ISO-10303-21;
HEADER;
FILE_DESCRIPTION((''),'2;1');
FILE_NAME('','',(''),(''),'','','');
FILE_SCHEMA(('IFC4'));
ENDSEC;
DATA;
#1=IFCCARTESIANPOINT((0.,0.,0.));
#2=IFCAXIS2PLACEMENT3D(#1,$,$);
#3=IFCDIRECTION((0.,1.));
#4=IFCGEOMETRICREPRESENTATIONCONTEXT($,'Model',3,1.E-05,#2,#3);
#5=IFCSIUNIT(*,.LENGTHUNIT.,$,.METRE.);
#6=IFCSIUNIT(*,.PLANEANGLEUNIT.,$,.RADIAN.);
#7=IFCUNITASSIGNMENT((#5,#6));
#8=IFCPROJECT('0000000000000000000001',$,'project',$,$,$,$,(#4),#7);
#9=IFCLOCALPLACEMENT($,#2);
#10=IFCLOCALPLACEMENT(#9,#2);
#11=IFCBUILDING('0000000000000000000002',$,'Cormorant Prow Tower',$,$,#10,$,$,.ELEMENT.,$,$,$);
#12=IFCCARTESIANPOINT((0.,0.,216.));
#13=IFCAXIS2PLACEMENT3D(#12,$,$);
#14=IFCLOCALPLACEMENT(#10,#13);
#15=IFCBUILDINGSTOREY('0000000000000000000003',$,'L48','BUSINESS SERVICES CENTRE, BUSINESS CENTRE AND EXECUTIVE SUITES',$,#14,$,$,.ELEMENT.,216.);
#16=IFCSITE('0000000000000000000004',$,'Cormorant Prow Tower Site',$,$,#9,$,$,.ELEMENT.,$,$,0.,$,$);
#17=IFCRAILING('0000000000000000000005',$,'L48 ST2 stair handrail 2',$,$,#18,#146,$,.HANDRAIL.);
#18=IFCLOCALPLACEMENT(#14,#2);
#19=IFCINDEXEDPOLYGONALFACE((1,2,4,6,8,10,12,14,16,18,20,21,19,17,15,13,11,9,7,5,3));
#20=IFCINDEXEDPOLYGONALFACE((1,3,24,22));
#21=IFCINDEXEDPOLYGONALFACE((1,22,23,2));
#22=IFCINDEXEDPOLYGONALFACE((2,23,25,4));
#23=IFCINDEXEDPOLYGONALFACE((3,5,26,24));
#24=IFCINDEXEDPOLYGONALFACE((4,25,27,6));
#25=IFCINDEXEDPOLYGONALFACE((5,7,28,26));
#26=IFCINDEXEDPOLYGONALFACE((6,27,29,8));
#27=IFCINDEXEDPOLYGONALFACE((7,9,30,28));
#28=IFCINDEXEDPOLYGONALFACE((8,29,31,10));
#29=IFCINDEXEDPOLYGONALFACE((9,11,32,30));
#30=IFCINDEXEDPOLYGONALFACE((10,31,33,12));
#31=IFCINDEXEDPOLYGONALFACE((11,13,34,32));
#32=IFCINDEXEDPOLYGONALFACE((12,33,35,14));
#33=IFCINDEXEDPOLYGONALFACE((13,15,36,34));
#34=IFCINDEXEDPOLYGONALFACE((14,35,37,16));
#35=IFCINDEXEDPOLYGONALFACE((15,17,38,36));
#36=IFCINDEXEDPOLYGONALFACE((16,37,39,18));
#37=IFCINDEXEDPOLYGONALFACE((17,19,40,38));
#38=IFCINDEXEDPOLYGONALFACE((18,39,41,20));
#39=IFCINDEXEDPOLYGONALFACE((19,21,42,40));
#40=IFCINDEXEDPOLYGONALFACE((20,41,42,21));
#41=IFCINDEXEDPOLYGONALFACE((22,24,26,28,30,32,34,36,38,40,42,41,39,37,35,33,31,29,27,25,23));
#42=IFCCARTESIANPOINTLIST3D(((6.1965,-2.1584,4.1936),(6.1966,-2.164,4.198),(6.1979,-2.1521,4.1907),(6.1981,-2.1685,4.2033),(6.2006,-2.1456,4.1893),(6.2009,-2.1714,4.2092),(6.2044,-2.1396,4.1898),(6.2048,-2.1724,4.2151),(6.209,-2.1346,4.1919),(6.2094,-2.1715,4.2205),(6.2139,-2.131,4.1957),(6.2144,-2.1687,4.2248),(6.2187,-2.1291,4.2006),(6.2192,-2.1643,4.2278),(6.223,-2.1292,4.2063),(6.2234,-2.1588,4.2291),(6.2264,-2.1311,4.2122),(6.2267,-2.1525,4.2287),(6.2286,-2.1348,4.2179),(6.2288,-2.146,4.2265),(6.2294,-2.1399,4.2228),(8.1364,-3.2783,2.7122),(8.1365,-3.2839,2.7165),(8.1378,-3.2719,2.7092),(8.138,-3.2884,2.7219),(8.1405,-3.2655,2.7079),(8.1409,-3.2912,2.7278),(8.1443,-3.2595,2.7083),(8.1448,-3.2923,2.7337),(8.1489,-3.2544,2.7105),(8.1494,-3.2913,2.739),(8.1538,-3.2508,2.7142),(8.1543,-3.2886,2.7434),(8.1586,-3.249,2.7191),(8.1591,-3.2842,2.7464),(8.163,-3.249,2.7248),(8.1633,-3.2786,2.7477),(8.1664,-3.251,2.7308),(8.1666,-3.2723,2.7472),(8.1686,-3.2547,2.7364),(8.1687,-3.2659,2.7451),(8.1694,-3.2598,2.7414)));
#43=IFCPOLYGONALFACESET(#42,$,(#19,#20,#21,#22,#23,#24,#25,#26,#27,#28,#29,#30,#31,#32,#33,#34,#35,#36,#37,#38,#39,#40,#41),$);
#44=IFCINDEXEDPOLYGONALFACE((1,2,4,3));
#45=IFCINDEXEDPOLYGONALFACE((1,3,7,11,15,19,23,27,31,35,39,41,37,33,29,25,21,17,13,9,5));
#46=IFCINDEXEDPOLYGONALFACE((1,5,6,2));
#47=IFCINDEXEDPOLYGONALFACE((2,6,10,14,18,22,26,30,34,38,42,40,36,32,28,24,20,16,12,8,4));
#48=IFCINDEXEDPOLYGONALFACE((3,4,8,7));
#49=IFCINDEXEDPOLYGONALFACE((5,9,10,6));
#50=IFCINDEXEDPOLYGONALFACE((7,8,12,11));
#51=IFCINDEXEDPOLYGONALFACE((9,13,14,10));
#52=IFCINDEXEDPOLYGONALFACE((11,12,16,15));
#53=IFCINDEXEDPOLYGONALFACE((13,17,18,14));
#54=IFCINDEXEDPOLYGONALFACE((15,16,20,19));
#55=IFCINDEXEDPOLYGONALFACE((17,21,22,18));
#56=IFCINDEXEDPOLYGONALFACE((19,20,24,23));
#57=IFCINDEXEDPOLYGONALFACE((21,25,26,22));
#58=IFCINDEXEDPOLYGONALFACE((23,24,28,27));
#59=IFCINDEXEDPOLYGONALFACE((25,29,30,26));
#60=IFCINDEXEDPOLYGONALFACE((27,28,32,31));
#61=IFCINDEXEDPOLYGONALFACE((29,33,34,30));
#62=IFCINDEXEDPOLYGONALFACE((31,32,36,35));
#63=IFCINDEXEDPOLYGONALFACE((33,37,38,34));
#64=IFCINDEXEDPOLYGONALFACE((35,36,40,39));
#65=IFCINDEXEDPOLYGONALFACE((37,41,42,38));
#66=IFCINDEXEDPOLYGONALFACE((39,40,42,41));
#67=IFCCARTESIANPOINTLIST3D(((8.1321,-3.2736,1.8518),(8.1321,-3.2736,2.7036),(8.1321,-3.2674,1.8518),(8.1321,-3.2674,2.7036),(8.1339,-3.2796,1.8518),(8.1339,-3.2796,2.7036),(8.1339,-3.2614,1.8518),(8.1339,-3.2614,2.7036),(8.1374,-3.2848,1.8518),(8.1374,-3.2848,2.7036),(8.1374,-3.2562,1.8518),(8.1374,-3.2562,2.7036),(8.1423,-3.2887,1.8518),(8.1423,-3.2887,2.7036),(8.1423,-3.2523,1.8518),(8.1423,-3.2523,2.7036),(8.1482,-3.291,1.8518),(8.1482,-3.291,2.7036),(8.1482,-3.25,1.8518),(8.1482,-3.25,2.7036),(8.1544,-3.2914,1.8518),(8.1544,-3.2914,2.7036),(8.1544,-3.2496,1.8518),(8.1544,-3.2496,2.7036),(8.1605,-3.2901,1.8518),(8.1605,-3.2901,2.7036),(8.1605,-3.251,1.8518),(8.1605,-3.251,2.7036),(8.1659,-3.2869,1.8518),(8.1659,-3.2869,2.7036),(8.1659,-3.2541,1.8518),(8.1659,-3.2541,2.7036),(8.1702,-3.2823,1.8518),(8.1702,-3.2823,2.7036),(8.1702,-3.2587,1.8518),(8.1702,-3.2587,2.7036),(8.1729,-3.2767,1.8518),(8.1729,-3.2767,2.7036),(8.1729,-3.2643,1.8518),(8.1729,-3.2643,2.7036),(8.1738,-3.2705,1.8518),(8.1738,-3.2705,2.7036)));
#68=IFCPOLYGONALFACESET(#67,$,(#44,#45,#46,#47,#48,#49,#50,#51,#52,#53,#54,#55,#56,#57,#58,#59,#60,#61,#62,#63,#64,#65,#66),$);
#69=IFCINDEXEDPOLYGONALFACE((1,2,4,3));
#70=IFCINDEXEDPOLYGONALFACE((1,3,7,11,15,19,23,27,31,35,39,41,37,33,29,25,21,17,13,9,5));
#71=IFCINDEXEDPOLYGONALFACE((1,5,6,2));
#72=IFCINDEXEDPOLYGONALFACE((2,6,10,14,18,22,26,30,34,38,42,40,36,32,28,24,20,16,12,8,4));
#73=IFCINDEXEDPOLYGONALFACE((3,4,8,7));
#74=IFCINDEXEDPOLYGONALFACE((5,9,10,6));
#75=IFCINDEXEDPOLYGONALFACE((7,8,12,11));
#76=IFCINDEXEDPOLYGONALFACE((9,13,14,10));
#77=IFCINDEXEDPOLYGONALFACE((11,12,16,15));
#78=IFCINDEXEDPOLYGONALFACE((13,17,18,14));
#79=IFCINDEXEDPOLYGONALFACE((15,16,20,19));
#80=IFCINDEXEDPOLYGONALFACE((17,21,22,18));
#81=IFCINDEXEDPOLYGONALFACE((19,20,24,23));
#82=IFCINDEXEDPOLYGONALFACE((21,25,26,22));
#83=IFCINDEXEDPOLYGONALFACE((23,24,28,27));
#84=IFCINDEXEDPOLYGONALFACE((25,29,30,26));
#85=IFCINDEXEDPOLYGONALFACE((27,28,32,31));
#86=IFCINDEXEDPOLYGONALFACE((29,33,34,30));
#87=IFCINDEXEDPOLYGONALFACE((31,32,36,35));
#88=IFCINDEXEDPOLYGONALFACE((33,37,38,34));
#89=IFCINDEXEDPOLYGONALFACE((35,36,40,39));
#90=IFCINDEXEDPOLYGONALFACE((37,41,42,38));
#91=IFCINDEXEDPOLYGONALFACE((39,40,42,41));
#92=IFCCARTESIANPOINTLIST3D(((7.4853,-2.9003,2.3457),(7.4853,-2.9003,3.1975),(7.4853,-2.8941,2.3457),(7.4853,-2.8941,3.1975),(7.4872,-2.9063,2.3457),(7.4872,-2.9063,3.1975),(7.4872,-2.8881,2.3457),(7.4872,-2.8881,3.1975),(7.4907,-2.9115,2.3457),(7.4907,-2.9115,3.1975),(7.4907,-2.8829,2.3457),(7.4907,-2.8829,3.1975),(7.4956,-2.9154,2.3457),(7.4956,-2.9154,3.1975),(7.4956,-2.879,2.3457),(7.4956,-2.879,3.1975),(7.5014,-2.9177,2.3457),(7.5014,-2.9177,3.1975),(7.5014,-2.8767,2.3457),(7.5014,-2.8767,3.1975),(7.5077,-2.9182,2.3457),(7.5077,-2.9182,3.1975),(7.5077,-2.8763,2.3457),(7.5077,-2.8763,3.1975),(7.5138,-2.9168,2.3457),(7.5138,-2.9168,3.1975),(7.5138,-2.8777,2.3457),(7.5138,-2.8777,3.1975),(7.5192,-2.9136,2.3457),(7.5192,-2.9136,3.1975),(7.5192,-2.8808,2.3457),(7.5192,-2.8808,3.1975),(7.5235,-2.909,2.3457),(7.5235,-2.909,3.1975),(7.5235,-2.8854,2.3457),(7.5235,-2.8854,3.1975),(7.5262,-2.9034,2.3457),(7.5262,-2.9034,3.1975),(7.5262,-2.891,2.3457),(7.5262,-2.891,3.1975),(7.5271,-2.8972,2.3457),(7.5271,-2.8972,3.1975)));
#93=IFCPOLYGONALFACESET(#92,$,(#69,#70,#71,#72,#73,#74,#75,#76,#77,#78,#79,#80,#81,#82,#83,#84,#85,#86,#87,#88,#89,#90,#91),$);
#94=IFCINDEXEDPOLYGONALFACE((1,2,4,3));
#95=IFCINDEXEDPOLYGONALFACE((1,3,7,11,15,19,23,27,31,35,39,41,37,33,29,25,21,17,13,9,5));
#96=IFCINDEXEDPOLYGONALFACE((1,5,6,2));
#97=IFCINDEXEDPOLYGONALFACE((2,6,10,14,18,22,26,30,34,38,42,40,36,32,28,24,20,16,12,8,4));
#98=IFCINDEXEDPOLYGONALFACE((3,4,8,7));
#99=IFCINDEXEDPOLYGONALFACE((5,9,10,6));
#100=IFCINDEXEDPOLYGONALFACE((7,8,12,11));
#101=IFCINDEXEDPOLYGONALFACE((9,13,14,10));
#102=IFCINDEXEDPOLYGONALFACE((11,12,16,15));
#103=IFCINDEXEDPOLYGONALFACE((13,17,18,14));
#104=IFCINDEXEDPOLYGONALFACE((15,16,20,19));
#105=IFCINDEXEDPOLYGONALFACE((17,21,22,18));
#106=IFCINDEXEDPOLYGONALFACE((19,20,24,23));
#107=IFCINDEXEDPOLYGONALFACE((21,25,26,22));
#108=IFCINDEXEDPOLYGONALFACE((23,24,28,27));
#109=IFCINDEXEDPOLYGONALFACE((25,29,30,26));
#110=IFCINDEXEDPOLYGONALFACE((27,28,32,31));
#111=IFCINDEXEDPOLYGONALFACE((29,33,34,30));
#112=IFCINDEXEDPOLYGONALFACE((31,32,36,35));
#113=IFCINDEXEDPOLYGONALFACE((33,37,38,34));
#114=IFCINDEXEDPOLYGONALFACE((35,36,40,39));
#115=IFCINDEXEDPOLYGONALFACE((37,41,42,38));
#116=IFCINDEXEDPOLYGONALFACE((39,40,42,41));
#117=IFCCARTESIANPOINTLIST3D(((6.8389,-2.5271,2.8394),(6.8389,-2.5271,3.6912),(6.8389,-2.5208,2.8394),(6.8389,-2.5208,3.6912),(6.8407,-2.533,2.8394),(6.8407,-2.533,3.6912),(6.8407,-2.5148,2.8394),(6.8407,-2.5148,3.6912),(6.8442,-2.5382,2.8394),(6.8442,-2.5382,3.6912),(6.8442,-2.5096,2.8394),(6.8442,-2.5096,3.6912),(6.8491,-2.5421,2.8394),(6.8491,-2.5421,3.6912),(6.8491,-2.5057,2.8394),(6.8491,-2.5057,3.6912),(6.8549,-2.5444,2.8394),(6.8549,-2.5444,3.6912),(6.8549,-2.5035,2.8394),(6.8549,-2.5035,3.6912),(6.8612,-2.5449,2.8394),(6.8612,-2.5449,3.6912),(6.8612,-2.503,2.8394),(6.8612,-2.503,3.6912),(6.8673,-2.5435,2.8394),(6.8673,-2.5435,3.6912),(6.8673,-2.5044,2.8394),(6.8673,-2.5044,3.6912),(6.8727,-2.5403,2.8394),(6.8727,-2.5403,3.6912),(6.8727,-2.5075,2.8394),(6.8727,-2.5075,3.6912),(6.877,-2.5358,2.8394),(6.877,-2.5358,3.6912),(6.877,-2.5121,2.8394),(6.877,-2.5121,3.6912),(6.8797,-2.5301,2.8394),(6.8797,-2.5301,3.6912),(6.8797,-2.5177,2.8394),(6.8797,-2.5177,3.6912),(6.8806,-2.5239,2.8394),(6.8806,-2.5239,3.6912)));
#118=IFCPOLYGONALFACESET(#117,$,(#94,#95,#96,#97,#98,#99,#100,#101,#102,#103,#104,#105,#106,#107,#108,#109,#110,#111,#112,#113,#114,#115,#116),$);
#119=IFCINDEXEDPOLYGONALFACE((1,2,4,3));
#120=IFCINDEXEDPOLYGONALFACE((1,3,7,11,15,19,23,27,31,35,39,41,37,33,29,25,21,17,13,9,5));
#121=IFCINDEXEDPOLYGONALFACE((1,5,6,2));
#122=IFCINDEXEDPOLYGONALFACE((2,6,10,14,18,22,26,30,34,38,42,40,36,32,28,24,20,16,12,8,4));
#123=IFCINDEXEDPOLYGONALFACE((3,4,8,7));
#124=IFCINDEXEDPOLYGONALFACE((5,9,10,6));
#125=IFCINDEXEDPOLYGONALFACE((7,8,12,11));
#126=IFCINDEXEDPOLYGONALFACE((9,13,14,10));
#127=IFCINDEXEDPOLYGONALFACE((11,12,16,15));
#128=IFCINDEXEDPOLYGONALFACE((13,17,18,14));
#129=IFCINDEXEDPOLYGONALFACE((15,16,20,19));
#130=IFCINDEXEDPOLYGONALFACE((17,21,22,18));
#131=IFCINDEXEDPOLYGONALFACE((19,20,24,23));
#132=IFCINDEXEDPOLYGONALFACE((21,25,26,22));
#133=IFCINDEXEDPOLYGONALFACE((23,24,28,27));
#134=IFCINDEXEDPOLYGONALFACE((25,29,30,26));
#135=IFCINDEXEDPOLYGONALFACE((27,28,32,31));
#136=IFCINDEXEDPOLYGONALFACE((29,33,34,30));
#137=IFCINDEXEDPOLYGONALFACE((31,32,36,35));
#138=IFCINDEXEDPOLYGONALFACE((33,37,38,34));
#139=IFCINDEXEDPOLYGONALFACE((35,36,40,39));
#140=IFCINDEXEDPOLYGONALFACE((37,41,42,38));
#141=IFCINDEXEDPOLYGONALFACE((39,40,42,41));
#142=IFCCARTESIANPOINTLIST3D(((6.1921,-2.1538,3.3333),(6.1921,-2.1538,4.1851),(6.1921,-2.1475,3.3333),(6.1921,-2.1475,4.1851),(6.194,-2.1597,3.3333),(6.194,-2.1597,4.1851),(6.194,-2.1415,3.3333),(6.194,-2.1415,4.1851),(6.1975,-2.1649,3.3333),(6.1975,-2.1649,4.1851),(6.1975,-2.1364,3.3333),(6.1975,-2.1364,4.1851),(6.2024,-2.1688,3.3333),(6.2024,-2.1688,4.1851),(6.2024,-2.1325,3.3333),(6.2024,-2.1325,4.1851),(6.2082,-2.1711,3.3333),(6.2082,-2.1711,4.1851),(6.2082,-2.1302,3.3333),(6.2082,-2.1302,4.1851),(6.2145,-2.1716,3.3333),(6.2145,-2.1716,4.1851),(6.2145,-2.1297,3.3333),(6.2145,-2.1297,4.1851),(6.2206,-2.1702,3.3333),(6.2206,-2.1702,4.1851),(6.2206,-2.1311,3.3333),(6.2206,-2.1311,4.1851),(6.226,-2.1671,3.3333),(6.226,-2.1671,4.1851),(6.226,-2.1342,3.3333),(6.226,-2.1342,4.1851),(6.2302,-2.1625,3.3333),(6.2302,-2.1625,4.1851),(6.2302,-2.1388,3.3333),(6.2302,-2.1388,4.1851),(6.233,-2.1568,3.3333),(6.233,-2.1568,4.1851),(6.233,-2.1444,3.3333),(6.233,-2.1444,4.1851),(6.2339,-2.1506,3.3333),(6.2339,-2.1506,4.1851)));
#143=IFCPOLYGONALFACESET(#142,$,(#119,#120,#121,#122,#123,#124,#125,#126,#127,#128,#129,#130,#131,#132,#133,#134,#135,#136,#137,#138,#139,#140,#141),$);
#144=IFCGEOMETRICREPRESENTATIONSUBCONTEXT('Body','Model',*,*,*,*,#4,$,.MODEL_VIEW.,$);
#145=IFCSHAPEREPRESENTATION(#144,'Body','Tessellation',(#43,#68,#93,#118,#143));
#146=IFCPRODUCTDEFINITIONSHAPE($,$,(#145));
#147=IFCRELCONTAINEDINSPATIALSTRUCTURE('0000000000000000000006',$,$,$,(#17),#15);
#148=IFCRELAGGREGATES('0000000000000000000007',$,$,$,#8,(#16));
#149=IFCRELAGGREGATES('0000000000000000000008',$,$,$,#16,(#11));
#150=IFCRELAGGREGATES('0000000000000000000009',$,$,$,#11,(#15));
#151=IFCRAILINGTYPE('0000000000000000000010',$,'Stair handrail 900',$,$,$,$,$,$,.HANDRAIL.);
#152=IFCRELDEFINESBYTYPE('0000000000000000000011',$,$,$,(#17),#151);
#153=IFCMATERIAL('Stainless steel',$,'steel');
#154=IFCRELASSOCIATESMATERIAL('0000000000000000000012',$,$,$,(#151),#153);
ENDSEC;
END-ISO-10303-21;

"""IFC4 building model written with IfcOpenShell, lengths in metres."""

from ifc_helpers import new_model, si_unit, direction, frame, origin, origin_2d, place, context, subcontext, project, spatial, circle, extrude, material, type_object, element, save


model = new_model("IFC4")

# Units and contexts
model_context = context("Model", 3, precision=1e-05, world=origin(), true_north=direction((0.0, 1.0)))
body_context = subcontext(model_context, "Body", "Model", "MODEL_VIEW")
ifc_project = project(units=[si_unit("LENGTHUNIT", "METRE"), si_unit("PLANEANGLEUNIT", "RADIAN")], contexts=[model_context])

# Site, building, storey
site_placement = place(None, origin())
site = spatial("IfcSite", under=ifc_project, at=site_placement, Name="Cormorant Prow Tower Site", CompositionType="ELEMENT", RefElevation=0.0)
building_placement = place(site_placement, origin())
building = spatial("IfcBuilding", under=site, at=building_placement, Name="Cormorant Prow Tower", CompositionType="ELEMENT")
storey_placement = place(building_placement, frame((0.0, 0.0, 216.0)))
storey = spatial("IfcBuildingStorey", under=building, at=storey_placement, Name="L48", Description="BUSINESS SERVICES CENTRE, BUSINESS CENTRE AND EXECUTIVE SUITES", CompositionType="ELEMENT", Elevation=216.0)

# Railing
ifc_material_1 = material(Name="Stainless steel", Category="steel")
railing_type_1 = type_object("IfcRailingType", Name="Stair handrail 900", PredefinedType="HANDRAIL", material=ifc_material_1)
railing_1_placement = place(storey_placement, frame((8.1528, -3.2705, 1.8518)))
element("IfcRailing", 1, at=railing_1_placement, inside=storey, type_object=railing_type_1, Name="L48 ST2 stair handrail 2", PredefinedType="HANDRAIL", context=body_context, shape_type="SweptSolid", body=[
    extrude(circle(Radius=0.0239, at=origin_2d()), frame((0.0, 0.0, 0.876), z_axis=(-0.722363, 0.417, 0.551636), x_axis=(-0.499949, -0.866055, 0.0)), (0.0, 0.0, 1.0), 2.6855),
    extrude(circle(Radius=0.021, at=origin_2d()), origin(), (0.0, 0.0, 1.0), 0.8518),
    extrude(circle(Radius=0.021, at=origin_2d()), frame((-0.6467, 0.3733, 0.4939)), (0.0, 0.0, 1.0), 0.8518),
    extrude(circle(Radius=0.021, at=origin_2d()), frame((-1.2932, 0.7466, 0.9875)), (0.0, 0.0, 1.0), 0.8518),
    extrude(circle(Radius=0.021, at=origin_2d()), frame((-1.9399, 1.1199, 1.4814)), (0.0, 0.0, 1.0), 0.8518),
])

save(model, "model.ifc")
